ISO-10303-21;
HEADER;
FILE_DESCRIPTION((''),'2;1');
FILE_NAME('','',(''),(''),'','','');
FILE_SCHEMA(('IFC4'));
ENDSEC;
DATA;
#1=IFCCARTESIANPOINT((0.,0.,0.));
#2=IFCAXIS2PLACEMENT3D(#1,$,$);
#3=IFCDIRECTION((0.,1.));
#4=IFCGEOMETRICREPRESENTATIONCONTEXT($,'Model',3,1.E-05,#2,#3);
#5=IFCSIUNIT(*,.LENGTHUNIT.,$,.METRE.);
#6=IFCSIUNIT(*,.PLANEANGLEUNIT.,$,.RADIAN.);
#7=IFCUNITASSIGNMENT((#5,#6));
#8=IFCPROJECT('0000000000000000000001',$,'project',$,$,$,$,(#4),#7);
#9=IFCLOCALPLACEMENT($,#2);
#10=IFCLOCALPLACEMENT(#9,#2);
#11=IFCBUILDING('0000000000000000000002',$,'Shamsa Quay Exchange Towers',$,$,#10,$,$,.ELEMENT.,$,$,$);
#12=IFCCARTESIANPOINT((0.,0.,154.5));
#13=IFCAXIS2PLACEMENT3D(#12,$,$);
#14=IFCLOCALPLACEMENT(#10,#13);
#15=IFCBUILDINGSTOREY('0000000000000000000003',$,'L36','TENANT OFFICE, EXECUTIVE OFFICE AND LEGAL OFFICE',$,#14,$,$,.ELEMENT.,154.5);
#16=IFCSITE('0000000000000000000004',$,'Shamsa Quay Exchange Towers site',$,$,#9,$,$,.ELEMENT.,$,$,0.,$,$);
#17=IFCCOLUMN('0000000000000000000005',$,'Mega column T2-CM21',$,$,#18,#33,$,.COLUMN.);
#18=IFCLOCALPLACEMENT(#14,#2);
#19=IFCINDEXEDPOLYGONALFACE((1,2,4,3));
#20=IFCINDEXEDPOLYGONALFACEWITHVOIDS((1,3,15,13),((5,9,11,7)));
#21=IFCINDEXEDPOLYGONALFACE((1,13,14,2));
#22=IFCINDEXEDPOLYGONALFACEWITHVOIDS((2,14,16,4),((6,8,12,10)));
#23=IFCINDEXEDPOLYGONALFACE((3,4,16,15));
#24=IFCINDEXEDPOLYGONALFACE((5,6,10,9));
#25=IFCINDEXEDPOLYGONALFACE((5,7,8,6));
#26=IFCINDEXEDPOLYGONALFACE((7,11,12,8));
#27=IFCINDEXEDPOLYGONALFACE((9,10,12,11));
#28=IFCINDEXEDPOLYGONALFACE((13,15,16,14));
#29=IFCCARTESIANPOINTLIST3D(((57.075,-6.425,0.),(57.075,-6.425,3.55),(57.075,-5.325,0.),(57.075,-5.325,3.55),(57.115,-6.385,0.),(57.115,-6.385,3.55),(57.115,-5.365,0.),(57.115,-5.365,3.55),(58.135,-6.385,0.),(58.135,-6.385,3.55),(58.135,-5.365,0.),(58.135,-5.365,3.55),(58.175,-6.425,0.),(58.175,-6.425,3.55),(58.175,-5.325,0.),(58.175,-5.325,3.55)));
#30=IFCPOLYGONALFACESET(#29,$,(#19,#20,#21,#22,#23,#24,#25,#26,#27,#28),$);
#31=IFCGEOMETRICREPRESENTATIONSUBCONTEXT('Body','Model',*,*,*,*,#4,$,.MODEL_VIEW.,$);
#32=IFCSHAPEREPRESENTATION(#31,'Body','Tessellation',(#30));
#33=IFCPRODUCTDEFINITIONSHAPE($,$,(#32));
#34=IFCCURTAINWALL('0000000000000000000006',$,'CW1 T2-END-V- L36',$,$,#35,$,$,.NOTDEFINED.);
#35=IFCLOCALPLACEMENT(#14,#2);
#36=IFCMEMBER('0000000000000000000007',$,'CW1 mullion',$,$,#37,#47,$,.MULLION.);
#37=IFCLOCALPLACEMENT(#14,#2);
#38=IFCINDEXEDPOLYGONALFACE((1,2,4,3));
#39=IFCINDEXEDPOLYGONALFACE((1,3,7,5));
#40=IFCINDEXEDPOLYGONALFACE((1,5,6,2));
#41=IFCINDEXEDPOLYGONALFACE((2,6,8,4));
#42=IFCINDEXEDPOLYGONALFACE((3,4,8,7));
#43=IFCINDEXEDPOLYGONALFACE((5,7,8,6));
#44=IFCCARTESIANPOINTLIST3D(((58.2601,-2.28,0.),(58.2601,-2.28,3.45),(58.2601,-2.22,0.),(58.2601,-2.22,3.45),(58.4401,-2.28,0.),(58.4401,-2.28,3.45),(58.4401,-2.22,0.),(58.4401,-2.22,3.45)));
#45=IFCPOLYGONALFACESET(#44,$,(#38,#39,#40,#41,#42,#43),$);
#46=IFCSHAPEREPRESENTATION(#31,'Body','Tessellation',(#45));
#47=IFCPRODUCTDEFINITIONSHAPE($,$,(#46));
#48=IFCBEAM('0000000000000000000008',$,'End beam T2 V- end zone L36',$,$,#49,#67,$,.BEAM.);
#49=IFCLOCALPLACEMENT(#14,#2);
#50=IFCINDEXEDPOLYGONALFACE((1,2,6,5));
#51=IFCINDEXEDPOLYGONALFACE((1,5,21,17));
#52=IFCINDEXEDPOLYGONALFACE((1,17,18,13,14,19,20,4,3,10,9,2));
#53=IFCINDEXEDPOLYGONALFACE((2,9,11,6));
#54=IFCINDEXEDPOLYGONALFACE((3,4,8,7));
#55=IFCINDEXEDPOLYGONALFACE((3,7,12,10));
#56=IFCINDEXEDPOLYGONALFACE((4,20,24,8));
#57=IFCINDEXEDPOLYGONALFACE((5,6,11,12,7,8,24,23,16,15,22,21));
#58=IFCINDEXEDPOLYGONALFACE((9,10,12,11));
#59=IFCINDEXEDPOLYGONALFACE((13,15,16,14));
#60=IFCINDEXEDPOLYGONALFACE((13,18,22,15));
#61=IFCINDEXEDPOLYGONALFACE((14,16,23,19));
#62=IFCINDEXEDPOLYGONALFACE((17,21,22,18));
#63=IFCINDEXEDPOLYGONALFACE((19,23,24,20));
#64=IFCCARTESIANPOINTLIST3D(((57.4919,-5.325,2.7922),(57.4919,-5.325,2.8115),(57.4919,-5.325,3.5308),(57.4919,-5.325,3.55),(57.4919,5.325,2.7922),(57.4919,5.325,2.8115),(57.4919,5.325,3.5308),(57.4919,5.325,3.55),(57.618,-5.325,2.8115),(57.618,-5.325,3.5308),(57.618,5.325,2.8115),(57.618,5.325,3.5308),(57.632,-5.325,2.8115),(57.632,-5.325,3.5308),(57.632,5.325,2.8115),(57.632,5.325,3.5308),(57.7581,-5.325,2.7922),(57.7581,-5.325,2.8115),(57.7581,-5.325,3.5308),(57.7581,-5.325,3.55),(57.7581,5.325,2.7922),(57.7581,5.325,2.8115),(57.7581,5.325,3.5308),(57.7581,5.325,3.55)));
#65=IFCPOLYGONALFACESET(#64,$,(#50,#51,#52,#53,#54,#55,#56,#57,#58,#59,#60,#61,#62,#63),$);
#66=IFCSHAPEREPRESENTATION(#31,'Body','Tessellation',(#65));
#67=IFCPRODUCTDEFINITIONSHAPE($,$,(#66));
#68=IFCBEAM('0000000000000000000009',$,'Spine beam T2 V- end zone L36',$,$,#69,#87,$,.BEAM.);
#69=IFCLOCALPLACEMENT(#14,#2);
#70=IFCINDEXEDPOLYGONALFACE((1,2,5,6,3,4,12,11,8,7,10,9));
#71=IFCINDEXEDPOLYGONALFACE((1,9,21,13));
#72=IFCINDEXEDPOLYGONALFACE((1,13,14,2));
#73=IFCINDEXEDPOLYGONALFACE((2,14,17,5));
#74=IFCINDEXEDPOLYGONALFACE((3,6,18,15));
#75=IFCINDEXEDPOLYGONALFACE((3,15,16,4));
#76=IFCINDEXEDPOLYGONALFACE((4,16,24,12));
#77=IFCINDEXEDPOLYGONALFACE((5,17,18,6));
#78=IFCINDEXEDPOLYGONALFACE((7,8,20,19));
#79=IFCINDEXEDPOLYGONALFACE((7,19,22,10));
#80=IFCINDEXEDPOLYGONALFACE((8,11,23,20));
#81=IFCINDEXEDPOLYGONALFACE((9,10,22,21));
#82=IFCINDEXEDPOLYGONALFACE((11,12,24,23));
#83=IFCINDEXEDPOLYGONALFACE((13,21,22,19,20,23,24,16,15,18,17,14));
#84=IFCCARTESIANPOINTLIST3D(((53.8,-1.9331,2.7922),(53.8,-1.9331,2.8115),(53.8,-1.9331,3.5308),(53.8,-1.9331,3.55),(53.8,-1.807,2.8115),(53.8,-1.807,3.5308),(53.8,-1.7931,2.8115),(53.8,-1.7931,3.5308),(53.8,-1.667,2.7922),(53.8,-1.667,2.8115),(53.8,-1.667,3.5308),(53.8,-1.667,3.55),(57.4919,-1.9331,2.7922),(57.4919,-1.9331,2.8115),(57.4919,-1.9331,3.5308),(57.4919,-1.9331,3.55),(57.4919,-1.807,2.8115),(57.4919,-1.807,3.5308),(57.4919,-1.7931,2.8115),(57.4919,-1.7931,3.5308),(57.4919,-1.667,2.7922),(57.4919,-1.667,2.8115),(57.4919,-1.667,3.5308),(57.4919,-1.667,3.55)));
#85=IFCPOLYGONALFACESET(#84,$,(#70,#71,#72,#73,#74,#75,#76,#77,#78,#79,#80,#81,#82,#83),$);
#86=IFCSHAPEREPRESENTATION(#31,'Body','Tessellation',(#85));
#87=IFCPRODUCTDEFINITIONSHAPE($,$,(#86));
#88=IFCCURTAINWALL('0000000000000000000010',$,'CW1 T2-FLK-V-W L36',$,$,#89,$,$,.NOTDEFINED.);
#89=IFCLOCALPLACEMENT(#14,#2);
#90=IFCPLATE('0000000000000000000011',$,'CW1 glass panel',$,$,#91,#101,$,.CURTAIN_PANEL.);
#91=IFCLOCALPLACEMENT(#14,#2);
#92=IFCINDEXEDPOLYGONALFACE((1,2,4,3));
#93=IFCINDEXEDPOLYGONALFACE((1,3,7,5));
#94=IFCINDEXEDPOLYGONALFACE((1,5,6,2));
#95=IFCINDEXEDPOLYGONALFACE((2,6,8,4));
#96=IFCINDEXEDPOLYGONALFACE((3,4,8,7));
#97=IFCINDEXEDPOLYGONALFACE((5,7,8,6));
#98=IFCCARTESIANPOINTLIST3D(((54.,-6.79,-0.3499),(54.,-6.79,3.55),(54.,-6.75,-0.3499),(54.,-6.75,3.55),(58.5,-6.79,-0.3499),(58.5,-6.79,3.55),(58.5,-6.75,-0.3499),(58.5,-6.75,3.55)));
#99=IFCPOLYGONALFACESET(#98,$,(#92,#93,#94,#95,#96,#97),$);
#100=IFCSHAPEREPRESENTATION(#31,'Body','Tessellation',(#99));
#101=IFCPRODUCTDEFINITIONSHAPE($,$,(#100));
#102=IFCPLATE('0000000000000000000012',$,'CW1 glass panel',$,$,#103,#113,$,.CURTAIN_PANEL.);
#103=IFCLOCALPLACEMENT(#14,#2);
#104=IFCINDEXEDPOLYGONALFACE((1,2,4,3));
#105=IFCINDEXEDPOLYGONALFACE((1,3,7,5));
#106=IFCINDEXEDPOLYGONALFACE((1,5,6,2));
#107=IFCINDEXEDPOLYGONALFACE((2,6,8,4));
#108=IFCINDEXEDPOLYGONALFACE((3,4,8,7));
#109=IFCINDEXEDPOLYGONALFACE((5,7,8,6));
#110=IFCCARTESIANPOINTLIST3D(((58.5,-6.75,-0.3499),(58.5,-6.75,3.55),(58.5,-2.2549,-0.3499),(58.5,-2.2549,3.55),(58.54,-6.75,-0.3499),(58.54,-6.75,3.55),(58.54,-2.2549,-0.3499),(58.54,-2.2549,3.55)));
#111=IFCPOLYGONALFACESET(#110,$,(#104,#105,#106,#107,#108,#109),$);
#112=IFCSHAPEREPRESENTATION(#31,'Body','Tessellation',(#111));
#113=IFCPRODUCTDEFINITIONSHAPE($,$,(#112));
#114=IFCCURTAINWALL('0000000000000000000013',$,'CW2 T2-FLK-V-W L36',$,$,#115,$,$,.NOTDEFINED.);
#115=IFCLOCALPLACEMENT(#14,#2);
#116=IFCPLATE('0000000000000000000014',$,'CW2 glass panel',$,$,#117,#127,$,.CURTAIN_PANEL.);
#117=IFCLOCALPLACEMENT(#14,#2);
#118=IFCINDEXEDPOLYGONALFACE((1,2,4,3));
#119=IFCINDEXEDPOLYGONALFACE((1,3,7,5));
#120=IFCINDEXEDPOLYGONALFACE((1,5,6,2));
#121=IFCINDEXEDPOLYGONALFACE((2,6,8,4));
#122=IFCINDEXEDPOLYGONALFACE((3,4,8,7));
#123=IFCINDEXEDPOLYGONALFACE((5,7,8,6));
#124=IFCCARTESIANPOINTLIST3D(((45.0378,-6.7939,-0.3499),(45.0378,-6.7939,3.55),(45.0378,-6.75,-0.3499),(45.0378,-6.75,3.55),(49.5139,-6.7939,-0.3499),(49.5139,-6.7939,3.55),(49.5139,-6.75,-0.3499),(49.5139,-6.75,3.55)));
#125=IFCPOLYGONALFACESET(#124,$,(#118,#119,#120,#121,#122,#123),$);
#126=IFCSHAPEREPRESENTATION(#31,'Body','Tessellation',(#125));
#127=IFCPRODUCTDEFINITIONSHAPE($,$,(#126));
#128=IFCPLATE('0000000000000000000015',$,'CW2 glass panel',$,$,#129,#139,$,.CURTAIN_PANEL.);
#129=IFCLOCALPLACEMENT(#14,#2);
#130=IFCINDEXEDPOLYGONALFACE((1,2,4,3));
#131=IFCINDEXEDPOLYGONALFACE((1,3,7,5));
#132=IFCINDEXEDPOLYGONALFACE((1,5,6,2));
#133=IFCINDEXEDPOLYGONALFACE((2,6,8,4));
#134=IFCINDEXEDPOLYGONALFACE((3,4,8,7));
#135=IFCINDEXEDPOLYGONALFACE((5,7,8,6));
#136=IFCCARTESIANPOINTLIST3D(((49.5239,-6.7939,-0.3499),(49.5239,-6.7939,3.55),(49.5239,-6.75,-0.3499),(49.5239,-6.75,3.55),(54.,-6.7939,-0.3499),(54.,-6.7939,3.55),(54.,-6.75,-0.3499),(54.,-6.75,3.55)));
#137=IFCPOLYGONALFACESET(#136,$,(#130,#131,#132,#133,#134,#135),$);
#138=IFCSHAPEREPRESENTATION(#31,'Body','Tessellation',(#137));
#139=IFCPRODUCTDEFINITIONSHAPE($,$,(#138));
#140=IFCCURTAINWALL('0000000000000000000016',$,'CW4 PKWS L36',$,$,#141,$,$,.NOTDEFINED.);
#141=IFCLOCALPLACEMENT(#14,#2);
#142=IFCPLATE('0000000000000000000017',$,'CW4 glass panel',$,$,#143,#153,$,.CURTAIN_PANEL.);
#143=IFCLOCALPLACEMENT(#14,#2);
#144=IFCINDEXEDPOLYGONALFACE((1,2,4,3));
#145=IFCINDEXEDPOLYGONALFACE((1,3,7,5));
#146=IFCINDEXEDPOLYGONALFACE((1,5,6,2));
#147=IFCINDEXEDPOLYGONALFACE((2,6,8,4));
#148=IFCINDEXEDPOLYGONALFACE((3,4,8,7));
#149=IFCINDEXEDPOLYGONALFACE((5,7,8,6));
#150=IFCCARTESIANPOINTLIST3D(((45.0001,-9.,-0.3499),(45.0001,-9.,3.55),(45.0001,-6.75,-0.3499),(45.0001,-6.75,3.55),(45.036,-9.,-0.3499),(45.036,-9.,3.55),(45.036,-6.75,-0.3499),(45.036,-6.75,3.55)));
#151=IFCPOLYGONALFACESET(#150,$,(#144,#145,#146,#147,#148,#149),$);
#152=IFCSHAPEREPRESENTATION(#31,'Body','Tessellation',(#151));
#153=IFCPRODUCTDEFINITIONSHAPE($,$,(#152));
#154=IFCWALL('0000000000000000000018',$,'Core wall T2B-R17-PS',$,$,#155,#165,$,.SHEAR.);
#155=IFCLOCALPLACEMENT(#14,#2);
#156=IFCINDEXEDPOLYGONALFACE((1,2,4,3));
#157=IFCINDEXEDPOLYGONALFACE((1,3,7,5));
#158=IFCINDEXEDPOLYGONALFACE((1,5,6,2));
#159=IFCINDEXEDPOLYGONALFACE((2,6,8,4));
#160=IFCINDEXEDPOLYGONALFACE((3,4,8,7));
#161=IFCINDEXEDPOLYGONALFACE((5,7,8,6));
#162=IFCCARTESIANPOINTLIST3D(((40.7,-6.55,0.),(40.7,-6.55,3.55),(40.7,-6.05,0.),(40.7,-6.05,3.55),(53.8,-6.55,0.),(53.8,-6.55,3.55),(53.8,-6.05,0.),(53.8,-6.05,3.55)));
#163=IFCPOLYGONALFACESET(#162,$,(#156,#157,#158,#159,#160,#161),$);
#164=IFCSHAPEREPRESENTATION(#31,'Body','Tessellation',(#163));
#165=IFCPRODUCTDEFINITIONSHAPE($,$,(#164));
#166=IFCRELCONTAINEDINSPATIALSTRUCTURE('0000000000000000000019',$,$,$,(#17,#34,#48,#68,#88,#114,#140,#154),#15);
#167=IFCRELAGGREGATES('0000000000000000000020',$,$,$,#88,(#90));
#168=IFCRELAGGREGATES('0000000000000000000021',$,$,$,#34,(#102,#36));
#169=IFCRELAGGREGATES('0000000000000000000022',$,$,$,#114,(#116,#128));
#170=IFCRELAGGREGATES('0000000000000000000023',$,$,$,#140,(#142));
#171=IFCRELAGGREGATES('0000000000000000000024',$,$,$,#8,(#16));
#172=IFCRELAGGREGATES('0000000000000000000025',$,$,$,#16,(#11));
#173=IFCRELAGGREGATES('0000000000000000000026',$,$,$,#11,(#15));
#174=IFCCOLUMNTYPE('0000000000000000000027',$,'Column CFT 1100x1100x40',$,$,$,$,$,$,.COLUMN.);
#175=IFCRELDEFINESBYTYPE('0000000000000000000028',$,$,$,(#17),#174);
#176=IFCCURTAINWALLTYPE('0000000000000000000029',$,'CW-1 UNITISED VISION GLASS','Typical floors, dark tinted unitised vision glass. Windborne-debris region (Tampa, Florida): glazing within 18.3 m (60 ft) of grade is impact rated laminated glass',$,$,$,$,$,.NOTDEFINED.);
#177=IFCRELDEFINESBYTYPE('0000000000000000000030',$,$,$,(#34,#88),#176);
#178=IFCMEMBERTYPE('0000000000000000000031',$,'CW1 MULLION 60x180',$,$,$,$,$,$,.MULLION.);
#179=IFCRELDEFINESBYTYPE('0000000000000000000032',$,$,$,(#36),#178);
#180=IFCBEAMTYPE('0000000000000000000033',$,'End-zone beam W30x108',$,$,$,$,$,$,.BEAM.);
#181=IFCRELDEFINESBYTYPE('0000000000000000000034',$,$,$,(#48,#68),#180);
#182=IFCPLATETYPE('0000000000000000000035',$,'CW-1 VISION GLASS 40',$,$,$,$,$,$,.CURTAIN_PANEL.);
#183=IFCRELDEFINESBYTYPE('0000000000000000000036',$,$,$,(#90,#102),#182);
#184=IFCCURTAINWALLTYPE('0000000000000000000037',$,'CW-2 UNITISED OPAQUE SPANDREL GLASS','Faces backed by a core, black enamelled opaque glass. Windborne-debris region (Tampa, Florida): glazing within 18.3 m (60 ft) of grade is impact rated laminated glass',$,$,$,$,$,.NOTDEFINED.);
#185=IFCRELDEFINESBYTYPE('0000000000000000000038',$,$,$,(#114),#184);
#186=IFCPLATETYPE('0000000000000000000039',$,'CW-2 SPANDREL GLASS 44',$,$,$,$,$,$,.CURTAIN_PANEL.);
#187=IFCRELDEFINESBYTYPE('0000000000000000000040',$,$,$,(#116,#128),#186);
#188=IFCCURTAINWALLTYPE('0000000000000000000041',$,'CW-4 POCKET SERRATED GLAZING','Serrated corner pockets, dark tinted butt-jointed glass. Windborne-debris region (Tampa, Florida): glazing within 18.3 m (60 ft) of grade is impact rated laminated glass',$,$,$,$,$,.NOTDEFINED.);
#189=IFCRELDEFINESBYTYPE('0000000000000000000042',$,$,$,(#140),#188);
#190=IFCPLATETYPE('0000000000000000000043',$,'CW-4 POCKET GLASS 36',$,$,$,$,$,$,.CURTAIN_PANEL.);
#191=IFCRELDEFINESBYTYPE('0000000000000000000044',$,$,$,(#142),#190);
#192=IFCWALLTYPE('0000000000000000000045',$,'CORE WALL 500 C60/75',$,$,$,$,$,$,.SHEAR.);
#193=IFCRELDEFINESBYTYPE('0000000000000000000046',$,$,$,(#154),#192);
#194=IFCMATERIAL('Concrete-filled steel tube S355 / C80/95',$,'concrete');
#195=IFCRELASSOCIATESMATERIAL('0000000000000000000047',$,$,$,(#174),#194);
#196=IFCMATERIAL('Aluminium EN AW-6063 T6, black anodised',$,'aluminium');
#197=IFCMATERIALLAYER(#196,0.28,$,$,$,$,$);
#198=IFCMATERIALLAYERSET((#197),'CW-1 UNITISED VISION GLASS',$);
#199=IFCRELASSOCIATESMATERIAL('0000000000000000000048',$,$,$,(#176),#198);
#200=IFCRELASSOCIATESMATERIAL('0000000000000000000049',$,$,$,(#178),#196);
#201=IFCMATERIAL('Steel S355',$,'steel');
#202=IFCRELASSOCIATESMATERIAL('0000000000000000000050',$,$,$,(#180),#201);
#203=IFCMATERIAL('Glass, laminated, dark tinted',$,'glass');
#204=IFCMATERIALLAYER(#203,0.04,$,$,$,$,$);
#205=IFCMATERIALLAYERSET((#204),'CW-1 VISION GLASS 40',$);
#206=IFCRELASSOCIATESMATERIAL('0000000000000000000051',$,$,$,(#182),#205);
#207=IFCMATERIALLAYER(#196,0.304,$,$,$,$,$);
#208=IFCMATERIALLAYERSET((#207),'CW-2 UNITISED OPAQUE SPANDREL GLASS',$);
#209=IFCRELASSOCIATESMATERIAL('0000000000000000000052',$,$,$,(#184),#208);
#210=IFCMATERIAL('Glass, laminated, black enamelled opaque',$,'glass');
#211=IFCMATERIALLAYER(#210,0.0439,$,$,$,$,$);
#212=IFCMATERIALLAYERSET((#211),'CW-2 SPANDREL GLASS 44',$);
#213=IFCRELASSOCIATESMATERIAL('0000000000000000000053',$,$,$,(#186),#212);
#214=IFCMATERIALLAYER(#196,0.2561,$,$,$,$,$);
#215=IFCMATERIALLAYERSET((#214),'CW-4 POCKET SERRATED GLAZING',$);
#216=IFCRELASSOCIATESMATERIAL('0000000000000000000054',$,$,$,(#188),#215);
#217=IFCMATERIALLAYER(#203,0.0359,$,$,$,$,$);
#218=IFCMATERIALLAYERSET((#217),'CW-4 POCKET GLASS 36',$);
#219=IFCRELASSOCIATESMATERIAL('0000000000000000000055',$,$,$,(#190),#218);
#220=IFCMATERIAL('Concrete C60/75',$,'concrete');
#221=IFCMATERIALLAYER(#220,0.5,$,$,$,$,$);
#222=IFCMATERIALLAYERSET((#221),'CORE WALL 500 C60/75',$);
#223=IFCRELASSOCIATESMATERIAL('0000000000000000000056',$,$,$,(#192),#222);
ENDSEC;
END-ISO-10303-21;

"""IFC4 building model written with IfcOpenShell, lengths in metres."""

from ifc_helpers import new_model, si_unit, direction, frame, frame_2d, origin, origin_2d, place, context, subcontext, project, spatial, rectangle, hollow_rectangle, i_section, extrude, material, layer, layer_set, material_profile, profile_set, type_object, element, aggregate, save


model = new_model("IFC4")

# Units and contexts
model_context = context("Model", 3, precision=1e-05, world=origin(), true_north=direction((0.0, 1.0)))
body_context = subcontext(model_context, "Body", "Model", "MODEL_VIEW")
ifc_project = project(units=[si_unit("LENGTHUNIT", "METRE"), si_unit("PLANEANGLEUNIT", "RADIAN")], contexts=[model_context])

# Site, building, storey
site_placement = place(None, origin())
site = spatial("IfcSite", under=ifc_project, at=site_placement, Name="Shamsa Quay Exchange Towers site", CompositionType="ELEMENT", RefElevation=0.0)
building_placement = place(site_placement, origin())
building = spatial("IfcBuilding", under=site, at=building_placement, Name="Shamsa Quay Exchange Towers", CompositionType="ELEMENT")
storey_placement = place(building_placement, frame((0.0, 0.0, 154.5)))
storey = spatial("IfcBuildingStorey", under=building, at=storey_placement, Name="L36", Description="TENANT OFFICE, EXECUTIVE OFFICE AND LEGAL OFFICE", CompositionType="ELEMENT", Elevation=154.5)

# Column
ifc_material_1 = material(Name="Concrete-filled steel tube S355 / C80/95", Category="concrete")
ifc_material_profile_1 = material_profile(ifc_material_1, hollow_rectangle(XDim=1.1001, YDim=1.1001, WallThickness=0.04, at=origin_2d()), Name="CFT 1100x1100x40")
ifc_profile_set_1 = profile_set([ifc_material_profile_1], Name="Concrete-filled steel tube S355 / C80/95")
column_type = type_object("IfcColumnType", Name="Column CFT 1100x1100x40", PredefinedType="COLUMN", material=ifc_profile_set_1)
column_placement = place(storey_placement, frame((57.625, -5.875, 0.0)))
element("IfcColumn", 1, at=column_placement, inside=storey, type_object=column_type, Name="Mega column T2-CM21", PredefinedType="COLUMN", context=body_context, shape_type="SweptSolid", body=[
    extrude(hollow_rectangle(XDim=1.1001, YDim=1.1001, WallThickness=0.04, at=origin_2d()), origin(), (0.0, 0.0, 1.0), 3.55),
])

# Curtain wall, member
ifc_material_2 = material(Name="Aluminium EN AW-6063 T6, black anodised", Category="aluminium")
ifc_layer_1 = layer(ifc_material_2, 0.28)
ifc_layer_set_1 = layer_set([ifc_layer_1], Name="CW-1 UNITISED VISION GLASS")
curtain_wall_type_1 = type_object("IfcCurtainWallType", Name="CW-1 UNITISED VISION GLASS", Description="Typical floors, dark tinted unitised vision glass. Windborne-debris region (Tampa, Florida): glazing within 18.3 m (60 ft) of grade is impact rated laminated glass", PredefinedType="NOTDEFINED", material=ifc_layer_set_1)
curtain_wall_1_placement = place(storey_placement, origin())
curtain_wall_1 = element("IfcCurtainWall", 2, at=curtain_wall_1_placement, inside=storey, type_object=curtain_wall_type_1, Name="CW1 T2-END-V- L36", PredefinedType="NOTDEFINED")
ifc_material_profile_2 = material_profile(ifc_material_2, rectangle(XDim=0.1799, YDim=0.0601, at=origin_2d()), Name="MU60x180")
ifc_profile_set_2 = profile_set([ifc_material_profile_2], Name="Aluminium EN AW-6063 T6, black anodised")
member_type = type_object("IfcMemberType", Name="CW1 MULLION 60x180", PredefinedType="MULLION", material=ifc_profile_set_2)
member_placement = place(storey_placement, frame((58.3501, -2.25, 0.0), z_axis=(0.0, 0.0, 1.0), x_axis=(-1.0, 0.0, 0.0)))
member = element("IfcMember", 3, at=member_placement, type_object=member_type, Name="CW1 mullion", PredefinedType="MULLION", context=body_context, shape_type="SweptSolid", body=[
    extrude(rectangle(XDim=0.1799, YDim=0.0601, at=origin_2d()), origin(), (0.0, 0.0, 1.0), 3.45),
])

# Beams
ifc_material_3 = material(Name="Steel S355", Category="steel")
ifc_material_profile_3 = material_profile(ifc_material_3, i_section(OverallWidth=0.2661, OverallDepth=0.7578, WebThickness=0.0139, FlangeThickness=0.0193, at=origin_2d()), Name="W30x108")
ifc_profile_set_3 = profile_set([ifc_material_profile_3], Name="Steel S355")
beam_type = type_object("IfcBeamType", Name="End-zone beam W30x108", PredefinedType="BEAM", material=ifc_profile_set_3)
beam_1_placement = place(storey_placement, frame((57.625, -5.325, 3.1711), z_axis=(0.0, 1.0, 0.0), x_axis=(-1.0, 0.0, 0.0)))
element("IfcBeam", 4, at=beam_1_placement, inside=storey, type_object=beam_type, Name="End beam T2 V- end zone L36", PredefinedType="BEAM", context=body_context, shape_type="SweptSolid", body=[
    extrude(i_section(OverallWidth=0.2661, OverallDepth=0.7578, WebThickness=0.0139, FlangeThickness=0.0193, at=origin_2d()), origin(), (0.0, 0.0, 1.0), 10.6499),
])
beam_2_placement = place(storey_placement, frame((53.8, -1.8, 3.1711), z_axis=(1.0, 0.0, 0.0), x_axis=(0.0, 1.0, 0.0)))
element("IfcBeam", 5, at=beam_2_placement, inside=storey, type_object=beam_type, Name="Spine beam T2 V- end zone L36", PredefinedType="BEAM", context=body_context, shape_type="SweptSolid", body=[
    extrude(i_section(OverallWidth=0.2661, OverallDepth=0.7578, WebThickness=0.0139, FlangeThickness=0.0193, at=origin_2d()), origin(), (0.0, 0.0, 1.0), 3.6919),
])

# Curtain wall, plate
curtain_wall_2_placement = place(storey_placement, origin())
curtain_wall_2 = element("IfcCurtainWall", 6, at=curtain_wall_2_placement, inside=storey, type_object=curtain_wall_type_1, Name="CW1 T2-FLK-V-W L36", PredefinedType="NOTDEFINED")
ifc_material_4 = material(Name="Glass, laminated, dark tinted", Category="glass")
ifc_layer_2 = layer(ifc_material_4, 0.04)
ifc_layer_set_2 = layer_set([ifc_layer_2], Name="CW-1 VISION GLASS 40")
plate_type_1 = type_object("IfcPlateType", Name="CW-1 VISION GLASS 40", PredefinedType="CURTAIN_PANEL", material=ifc_layer_set_2)
plate_1_placement = place(storey_placement, frame((56.25, -6.77, -0.3499)))
plate_1 = element("IfcPlate", 7, at=plate_1_placement, type_object=plate_type_1, Name="CW1 glass panel", PredefinedType="CURTAIN_PANEL", context=body_context, shape_type="SweptSolid", body=[
    extrude(rectangle(XDim=4.5, YDim=0.04, at=origin_2d()), origin(), (0.0, 0.0, 1.0), 3.8999),
])
aggregate(curtain_wall_2, [plate_1])

# Plate
plate_2_placement = place(storey_placement, frame((58.52, -4.5024, -0.3499), z_axis=(0.0, 0.0, 1.0), x_axis=(0.0, 1.0, 0.0)))
plate_2 = element("IfcPlate", 8, at=plate_2_placement, type_object=plate_type_1, Name="CW1 glass panel", PredefinedType="CURTAIN_PANEL", context=body_context, shape_type="SweptSolid", body=[
    extrude(rectangle(XDim=4.4951, YDim=0.04, at=origin_2d()), origin(), (0.0, 0.0, 1.0), 3.8999),
])
aggregate(curtain_wall_1, [plate_2, member])

# Curtain wall, plates
ifc_layer_3 = layer(ifc_material_2, 0.304)
ifc_layer_set_3 = layer_set([ifc_layer_3], Name="CW-2 UNITISED OPAQUE SPANDREL GLASS")
curtain_wall_type_2 = type_object("IfcCurtainWallType", Name="CW-2 UNITISED OPAQUE SPANDREL GLASS", Description="Faces backed by a core, black enamelled opaque glass. Windborne-debris region (Tampa, Florida): glazing within 18.3 m (60 ft) of grade is impact rated laminated glass", PredefinedType="NOTDEFINED", material=ifc_layer_set_3)
curtain_wall_3_placement = place(storey_placement, origin())
curtain_wall_3 = element("IfcCurtainWall", 9, at=curtain_wall_3_placement, inside=storey, type_object=curtain_wall_type_2, Name="CW2 T2-FLK-V-W L36", PredefinedType="NOTDEFINED")
ifc_material_5 = material(Name="Glass, laminated, black enamelled opaque", Category="glass")
ifc_layer_4 = layer(ifc_material_5, 0.0439)
ifc_layer_set_4 = layer_set([ifc_layer_4], Name="CW-2 SPANDREL GLASS 44")
plate_type_2 = type_object("IfcPlateType", Name="CW-2 SPANDREL GLASS 44", PredefinedType="CURTAIN_PANEL", material=ifc_layer_set_4)
plate_3_placement = place(storey_placement, frame((47.2759, -6.772, -0.3499)))
plate_3 = element("IfcPlate", 10, at=plate_3_placement, type_object=plate_type_2, Name="CW2 glass panel", PredefinedType="CURTAIN_PANEL", context=body_context, shape_type="SweptSolid", body=[
    extrude(rectangle(XDim=4.4761, YDim=0.0439, at=origin_2d()), origin(), (0.0, 0.0, 1.0), 3.8999),
])
plate_4_placement = place(storey_placement, frame((51.762, -6.772, -0.3499)))
plate_4 = element("IfcPlate", 11, at=plate_4_placement, type_object=plate_type_2, Name="CW2 glass panel", PredefinedType="CURTAIN_PANEL", context=body_context, shape_type="SweptSolid", body=[
    extrude(rectangle(XDim=4.4761, YDim=0.0439, at=origin_2d()), origin(), (0.0, 0.0, 1.0), 3.8999),
])
aggregate(curtain_wall_3, [plate_3, plate_4])

# Curtain wall, plate
ifc_layer_5 = layer(ifc_material_2, 0.2561)
ifc_layer_set_5 = layer_set([ifc_layer_5], Name="CW-4 POCKET SERRATED GLAZING")
curtain_wall_type_3 = type_object("IfcCurtainWallType", Name="CW-4 POCKET SERRATED GLAZING", Description="Serrated corner pockets, dark tinted butt-jointed glass. Windborne-debris region (Tampa, Florida): glazing within 18.3 m (60 ft) of grade is impact rated laminated glass", PredefinedType="NOTDEFINED", material=ifc_layer_set_5)
curtain_wall_4_placement = place(storey_placement, origin())
curtain_wall_4 = element("IfcCurtainWall", 12, at=curtain_wall_4_placement, inside=storey, type_object=curtain_wall_type_3, Name="CW4 PKWS L36", PredefinedType="NOTDEFINED")
ifc_layer_6 = layer(ifc_material_4, 0.0359)
ifc_layer_set_6 = layer_set([ifc_layer_6], Name="CW-4 POCKET GLASS 36")
plate_type_3 = type_object("IfcPlateType", Name="CW-4 POCKET GLASS 36", PredefinedType="CURTAIN_PANEL", material=ifc_layer_set_6)
plate_5_placement = place(storey_placement, frame((45.0181, -7.875, -0.3499), z_axis=(0.0, 0.0, 1.0), x_axis=(0.0, 1.0, 0.0)))
plate_5 = element("IfcPlate", 13, at=plate_5_placement, type_object=plate_type_3, Name="CW4 glass panel", PredefinedType="CURTAIN_PANEL", context=body_context, shape_type="SweptSolid", body=[
    extrude(rectangle(XDim=2.25, YDim=0.0359, at=origin_2d()), origin(), (0.0, 0.0, 1.0), 3.8999),
])
aggregate(curtain_wall_4, [plate_5])

# Wall
ifc_material_6 = material(Name="Concrete C60/75", Category="concrete")
ifc_layer_7 = layer(ifc_material_6, 0.5)
ifc_layer_set_7 = layer_set([ifc_layer_7], Name="CORE WALL 500 C60/75")
wall_type_1 = type_object("IfcWallType", Name="CORE WALL 500 C60/75", PredefinedType="SHEAR", material=ifc_layer_set_7)
wall_1_placement = place(storey_placement, frame((53.8, -6.3, 0.0), z_axis=(0.0, 0.0, 1.0), x_axis=(-1.0, 0.0, 0.0)))
element("IfcWall", 14, at=wall_1_placement, inside=storey, type_object=wall_type_1, Name="Core wall T2B-R17-PS", PredefinedType="SHEAR", context=body_context, shape_type="SweptSolid", body=[
    extrude(rectangle(XDim=13.1001, YDim=0.5, at=frame_2d((6.55, 0.0))), origin(), (0.0, 0.0, 1.0), 3.55),
])

save(model, "model.ifc")
